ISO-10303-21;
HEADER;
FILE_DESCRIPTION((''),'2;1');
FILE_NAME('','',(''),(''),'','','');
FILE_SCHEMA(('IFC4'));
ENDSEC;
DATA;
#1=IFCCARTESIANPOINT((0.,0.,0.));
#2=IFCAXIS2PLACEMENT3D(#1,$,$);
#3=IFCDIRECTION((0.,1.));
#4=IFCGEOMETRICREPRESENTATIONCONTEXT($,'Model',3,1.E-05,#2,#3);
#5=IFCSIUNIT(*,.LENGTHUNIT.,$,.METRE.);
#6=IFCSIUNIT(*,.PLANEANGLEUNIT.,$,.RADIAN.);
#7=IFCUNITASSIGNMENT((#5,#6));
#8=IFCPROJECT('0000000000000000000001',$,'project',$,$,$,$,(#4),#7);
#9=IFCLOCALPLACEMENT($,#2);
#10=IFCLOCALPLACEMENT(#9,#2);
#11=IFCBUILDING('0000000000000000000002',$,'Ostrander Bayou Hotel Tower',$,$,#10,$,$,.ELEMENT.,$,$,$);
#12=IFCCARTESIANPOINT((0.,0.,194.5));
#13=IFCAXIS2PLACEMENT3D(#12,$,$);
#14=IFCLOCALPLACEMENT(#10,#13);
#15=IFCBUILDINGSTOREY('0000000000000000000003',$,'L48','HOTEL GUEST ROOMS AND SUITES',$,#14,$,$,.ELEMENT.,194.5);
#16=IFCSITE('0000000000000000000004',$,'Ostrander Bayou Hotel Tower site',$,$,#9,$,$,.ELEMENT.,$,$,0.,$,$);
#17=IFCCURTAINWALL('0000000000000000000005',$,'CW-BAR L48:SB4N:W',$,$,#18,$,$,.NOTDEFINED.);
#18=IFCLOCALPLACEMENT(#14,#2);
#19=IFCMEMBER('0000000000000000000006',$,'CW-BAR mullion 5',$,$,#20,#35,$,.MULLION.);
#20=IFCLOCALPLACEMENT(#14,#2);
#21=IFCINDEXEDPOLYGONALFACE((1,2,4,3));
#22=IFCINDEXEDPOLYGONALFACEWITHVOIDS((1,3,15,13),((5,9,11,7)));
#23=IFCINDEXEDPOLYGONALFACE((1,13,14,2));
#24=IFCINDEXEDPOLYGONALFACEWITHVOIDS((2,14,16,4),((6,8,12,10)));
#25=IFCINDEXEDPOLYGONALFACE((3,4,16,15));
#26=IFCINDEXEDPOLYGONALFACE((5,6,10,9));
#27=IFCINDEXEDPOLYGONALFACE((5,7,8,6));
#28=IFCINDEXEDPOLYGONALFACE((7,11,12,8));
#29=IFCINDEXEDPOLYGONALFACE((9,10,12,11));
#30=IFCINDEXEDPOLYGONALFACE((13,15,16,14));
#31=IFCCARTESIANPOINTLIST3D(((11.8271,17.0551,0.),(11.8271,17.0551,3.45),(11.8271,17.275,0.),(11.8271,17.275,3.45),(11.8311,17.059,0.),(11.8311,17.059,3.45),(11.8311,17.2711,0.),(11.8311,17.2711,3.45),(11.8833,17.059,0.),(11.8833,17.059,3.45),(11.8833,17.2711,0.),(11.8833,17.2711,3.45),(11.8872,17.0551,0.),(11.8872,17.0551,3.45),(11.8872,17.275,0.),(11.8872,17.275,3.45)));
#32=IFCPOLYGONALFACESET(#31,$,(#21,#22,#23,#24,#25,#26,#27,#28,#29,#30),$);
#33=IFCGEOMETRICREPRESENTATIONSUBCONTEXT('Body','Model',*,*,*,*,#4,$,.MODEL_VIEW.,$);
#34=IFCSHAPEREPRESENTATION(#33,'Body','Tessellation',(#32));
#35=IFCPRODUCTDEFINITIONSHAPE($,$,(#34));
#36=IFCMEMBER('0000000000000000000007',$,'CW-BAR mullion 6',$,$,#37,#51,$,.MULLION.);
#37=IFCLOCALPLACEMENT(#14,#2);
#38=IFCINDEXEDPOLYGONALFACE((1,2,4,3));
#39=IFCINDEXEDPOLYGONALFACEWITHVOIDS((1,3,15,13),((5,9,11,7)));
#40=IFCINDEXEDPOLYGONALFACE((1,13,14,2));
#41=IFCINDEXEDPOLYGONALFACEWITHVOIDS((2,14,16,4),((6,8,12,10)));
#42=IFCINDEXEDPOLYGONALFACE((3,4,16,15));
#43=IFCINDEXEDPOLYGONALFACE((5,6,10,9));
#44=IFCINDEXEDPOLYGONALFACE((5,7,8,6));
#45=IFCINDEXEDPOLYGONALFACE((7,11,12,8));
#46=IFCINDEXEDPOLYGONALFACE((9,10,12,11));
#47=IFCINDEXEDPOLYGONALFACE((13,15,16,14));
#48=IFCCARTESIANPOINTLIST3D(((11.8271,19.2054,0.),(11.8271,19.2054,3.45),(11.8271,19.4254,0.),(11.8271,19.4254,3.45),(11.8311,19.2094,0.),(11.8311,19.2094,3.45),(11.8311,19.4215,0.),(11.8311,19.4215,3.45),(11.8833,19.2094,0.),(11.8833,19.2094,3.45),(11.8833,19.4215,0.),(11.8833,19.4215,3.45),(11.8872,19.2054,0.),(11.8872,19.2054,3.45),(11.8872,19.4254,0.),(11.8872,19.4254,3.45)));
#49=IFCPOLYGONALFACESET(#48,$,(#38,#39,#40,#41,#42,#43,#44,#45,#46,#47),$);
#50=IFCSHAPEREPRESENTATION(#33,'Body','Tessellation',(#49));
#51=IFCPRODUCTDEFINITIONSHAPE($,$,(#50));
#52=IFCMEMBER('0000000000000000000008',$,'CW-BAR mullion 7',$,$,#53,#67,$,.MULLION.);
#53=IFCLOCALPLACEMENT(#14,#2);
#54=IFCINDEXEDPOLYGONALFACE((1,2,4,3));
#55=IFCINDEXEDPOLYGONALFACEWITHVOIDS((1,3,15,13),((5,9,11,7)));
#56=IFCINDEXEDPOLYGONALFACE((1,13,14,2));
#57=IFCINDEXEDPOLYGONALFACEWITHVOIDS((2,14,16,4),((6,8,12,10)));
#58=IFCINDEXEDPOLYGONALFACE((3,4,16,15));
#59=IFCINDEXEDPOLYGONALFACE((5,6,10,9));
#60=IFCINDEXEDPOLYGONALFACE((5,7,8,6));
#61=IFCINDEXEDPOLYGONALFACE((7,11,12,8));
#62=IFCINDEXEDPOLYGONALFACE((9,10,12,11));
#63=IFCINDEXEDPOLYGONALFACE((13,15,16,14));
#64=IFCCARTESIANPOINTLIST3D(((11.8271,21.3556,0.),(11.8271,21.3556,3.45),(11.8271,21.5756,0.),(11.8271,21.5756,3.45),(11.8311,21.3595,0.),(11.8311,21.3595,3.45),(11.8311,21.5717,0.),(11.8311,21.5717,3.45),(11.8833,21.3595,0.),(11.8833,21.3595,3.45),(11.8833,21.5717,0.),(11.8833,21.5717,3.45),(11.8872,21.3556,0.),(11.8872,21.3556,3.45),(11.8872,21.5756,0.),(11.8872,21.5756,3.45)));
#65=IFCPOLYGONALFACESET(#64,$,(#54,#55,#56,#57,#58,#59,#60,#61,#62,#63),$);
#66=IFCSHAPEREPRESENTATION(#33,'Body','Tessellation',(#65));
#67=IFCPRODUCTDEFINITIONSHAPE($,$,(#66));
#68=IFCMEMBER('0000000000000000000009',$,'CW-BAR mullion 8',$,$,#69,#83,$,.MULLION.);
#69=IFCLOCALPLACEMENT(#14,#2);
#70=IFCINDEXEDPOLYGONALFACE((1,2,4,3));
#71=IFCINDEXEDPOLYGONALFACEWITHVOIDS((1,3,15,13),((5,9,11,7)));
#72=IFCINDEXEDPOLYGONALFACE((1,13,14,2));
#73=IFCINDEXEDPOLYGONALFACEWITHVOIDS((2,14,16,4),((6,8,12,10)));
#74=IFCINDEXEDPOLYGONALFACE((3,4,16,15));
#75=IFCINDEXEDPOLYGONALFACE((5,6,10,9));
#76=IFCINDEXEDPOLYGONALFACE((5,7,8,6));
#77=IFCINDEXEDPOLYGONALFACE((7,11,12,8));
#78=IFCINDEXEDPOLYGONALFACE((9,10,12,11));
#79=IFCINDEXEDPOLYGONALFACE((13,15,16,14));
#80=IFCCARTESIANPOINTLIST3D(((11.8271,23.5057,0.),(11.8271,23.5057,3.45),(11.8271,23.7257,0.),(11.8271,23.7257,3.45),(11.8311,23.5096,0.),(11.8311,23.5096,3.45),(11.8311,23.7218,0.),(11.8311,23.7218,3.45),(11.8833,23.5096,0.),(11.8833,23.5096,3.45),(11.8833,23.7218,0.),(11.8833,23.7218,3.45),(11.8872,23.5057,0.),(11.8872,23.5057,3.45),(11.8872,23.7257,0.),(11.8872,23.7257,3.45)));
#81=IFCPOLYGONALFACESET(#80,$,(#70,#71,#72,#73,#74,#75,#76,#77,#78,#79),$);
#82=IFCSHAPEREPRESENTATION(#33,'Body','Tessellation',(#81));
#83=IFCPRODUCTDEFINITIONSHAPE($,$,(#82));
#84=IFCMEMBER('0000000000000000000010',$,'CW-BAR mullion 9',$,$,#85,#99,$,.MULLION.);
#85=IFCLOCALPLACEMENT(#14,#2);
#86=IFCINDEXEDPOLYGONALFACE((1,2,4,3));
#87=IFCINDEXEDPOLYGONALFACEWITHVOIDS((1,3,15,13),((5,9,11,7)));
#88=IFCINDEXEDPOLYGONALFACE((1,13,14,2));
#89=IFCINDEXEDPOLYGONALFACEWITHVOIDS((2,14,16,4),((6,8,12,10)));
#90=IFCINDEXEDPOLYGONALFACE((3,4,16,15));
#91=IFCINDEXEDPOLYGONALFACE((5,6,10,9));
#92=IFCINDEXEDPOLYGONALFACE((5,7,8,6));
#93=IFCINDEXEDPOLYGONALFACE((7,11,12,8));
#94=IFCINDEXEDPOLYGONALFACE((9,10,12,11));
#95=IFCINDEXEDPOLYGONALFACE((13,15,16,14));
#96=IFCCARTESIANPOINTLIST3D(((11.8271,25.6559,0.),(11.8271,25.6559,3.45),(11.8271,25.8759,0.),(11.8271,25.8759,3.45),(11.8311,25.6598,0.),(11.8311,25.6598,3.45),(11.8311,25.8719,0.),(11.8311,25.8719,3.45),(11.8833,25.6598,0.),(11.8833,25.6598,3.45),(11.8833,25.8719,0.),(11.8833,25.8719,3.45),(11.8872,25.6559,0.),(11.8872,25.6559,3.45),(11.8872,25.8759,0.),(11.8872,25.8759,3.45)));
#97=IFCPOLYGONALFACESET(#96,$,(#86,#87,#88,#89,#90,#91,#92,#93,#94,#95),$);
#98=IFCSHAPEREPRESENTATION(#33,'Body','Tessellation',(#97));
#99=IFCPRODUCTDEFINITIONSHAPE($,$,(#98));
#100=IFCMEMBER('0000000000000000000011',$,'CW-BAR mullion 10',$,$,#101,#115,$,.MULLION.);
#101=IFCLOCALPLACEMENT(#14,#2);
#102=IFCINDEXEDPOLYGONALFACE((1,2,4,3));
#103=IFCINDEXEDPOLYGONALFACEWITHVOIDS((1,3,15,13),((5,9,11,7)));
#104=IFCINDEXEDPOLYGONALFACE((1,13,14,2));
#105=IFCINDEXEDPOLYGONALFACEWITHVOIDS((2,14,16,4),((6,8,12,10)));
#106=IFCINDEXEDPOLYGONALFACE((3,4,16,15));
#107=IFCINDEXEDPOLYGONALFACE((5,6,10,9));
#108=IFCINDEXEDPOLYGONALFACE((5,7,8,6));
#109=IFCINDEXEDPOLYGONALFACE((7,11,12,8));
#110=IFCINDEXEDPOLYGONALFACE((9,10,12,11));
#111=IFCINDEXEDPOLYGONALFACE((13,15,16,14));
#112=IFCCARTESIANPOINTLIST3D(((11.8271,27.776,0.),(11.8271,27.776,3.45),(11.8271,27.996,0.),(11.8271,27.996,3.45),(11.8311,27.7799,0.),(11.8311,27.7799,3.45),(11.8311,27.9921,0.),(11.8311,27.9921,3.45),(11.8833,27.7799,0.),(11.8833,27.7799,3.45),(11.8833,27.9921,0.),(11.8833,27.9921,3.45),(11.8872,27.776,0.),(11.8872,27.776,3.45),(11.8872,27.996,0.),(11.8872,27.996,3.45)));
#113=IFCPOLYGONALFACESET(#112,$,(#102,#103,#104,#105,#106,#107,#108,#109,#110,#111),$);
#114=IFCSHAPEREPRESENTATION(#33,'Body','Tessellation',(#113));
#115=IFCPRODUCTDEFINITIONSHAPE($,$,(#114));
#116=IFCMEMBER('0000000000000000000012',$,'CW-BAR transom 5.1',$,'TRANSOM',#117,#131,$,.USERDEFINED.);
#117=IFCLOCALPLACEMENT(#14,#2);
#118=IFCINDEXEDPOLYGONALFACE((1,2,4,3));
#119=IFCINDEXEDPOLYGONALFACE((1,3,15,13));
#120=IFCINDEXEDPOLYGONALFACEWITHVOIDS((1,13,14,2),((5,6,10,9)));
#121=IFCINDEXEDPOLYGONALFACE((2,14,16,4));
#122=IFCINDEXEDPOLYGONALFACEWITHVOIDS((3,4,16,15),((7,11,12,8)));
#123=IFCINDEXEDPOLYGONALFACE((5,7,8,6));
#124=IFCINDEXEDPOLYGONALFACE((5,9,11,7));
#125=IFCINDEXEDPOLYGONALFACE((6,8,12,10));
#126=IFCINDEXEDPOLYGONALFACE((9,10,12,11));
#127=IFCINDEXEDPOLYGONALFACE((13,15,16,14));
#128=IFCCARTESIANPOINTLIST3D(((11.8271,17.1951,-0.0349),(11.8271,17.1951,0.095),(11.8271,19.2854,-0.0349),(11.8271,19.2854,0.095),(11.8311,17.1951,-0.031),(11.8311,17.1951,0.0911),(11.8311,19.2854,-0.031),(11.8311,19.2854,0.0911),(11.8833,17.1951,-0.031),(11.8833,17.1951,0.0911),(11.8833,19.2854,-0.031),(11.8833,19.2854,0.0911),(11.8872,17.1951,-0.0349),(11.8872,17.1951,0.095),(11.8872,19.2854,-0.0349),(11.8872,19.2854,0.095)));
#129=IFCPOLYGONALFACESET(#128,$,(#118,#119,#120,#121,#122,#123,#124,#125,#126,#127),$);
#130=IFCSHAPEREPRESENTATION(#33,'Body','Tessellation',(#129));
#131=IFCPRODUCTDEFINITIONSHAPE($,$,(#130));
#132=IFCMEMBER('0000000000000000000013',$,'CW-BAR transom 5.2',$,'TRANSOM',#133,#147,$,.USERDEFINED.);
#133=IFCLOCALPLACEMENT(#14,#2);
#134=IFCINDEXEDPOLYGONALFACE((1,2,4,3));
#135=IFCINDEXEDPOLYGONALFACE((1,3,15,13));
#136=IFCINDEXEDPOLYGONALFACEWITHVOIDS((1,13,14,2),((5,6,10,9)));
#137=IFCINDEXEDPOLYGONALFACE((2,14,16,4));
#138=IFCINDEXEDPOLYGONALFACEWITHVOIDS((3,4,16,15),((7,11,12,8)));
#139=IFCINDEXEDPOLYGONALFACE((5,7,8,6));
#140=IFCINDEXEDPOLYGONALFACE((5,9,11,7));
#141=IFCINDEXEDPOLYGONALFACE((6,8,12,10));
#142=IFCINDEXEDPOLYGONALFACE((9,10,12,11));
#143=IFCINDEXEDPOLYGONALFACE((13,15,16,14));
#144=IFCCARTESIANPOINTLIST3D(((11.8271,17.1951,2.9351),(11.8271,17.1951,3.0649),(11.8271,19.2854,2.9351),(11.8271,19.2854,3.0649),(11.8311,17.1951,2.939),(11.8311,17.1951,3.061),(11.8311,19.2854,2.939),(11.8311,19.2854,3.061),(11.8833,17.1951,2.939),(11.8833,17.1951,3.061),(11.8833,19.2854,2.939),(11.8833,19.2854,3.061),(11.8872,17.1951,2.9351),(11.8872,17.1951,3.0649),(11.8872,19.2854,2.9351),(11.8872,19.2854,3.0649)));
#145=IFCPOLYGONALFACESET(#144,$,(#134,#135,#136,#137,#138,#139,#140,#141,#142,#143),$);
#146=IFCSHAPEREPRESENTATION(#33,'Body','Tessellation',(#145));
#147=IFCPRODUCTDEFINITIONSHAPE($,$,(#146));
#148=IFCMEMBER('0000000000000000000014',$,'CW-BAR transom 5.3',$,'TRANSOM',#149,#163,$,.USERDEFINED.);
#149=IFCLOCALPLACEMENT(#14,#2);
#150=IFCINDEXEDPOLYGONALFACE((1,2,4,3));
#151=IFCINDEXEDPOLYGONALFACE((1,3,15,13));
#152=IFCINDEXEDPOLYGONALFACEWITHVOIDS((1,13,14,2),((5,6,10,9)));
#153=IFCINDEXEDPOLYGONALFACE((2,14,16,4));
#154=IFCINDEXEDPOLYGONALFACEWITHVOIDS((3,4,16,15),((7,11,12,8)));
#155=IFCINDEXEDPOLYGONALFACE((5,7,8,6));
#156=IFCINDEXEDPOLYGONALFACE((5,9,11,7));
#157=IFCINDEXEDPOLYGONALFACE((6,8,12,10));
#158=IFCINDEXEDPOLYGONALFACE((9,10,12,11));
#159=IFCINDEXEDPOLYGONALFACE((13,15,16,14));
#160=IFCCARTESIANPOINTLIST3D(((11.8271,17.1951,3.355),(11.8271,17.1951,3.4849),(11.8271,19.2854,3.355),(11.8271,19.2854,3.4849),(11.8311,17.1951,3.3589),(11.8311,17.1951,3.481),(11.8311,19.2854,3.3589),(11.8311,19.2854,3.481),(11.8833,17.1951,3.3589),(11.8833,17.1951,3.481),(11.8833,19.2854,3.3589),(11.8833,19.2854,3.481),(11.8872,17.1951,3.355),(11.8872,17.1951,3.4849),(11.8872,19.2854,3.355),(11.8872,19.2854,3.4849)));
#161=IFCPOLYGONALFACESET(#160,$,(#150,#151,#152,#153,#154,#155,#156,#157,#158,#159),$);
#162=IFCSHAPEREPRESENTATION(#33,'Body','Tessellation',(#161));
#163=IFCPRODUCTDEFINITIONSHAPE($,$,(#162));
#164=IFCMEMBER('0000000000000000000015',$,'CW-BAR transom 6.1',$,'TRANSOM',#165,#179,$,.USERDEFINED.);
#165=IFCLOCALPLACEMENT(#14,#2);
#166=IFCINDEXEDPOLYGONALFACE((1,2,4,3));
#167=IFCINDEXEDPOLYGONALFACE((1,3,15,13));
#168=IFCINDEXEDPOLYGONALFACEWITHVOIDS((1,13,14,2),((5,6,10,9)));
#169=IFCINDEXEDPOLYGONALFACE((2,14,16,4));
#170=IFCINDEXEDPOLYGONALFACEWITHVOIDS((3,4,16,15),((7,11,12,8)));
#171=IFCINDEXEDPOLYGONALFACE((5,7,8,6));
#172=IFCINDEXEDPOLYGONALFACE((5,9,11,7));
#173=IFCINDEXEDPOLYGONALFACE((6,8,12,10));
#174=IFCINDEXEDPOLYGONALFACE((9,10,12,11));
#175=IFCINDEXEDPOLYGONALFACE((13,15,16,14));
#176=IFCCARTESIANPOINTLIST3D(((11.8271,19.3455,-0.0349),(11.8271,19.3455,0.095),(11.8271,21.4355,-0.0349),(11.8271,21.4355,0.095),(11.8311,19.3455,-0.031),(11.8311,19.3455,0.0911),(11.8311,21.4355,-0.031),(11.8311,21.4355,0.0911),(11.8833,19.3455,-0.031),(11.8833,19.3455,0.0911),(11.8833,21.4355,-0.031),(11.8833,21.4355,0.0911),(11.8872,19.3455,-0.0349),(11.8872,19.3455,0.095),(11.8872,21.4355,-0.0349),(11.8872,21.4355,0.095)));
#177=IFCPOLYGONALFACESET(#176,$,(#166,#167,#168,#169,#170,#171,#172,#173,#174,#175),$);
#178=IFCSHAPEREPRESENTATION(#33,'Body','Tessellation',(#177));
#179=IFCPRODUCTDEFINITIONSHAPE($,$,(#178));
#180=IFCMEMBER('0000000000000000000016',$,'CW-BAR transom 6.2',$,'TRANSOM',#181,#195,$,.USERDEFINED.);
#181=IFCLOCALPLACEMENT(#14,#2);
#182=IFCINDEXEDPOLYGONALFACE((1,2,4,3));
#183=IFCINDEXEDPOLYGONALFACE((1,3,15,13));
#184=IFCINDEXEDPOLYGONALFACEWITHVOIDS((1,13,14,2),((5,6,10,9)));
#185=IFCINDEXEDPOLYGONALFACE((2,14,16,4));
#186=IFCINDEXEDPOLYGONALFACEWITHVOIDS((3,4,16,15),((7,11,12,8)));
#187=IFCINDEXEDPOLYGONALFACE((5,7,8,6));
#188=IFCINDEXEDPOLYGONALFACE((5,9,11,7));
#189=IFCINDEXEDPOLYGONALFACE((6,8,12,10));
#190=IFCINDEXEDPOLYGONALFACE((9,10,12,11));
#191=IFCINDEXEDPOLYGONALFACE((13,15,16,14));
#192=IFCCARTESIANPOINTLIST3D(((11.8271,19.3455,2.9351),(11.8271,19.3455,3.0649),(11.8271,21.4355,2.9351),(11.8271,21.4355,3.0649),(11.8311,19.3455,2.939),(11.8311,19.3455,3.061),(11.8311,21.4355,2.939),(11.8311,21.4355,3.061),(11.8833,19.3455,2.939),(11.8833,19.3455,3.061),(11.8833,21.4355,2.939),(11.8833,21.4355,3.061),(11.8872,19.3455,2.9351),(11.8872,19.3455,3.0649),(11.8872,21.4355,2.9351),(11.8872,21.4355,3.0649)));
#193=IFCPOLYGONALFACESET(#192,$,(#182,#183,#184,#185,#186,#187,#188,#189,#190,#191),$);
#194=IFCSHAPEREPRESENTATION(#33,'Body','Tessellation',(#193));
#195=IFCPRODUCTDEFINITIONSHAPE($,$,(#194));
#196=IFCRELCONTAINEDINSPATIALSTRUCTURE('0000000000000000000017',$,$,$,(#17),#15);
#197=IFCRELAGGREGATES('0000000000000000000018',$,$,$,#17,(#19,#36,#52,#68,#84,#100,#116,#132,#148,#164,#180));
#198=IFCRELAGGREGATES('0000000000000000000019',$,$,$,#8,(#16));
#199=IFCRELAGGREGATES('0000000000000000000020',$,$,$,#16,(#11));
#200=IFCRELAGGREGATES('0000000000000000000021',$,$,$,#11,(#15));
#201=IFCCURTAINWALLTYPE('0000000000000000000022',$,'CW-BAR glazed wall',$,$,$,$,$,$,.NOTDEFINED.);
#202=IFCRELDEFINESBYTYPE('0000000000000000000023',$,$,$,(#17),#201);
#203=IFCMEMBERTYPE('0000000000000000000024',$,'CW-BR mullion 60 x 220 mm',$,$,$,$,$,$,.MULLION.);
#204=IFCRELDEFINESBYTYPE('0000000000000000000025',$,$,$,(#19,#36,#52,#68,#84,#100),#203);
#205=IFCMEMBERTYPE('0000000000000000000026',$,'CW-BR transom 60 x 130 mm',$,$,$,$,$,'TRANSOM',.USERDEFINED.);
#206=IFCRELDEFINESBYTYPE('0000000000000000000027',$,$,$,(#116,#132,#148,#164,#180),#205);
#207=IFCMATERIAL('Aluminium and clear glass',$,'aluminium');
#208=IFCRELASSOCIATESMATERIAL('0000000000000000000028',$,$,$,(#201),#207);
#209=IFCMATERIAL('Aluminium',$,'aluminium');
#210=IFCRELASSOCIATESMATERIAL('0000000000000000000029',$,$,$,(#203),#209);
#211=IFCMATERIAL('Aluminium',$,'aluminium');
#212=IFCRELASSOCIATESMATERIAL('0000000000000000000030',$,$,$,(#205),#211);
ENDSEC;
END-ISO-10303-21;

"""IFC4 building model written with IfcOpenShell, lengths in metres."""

from ifc_helpers import new_model, si_unit, direction, frame, origin, origin_2d, place, context, subcontext, project, spatial, hollow_rectangle, extrude, material, material_profile, profile_set, type_object, element, aggregate, save


model = new_model("IFC4")

# Units and contexts
model_context = context("Model", 3, precision=1e-05, world=origin(), true_north=direction((0.0, 1.0)))
body_context = subcontext(model_context, "Body", "Model", "MODEL_VIEW")
ifc_project = project(units=[si_unit("LENGTHUNIT", "METRE"), si_unit("PLANEANGLEUNIT", "RADIAN")], contexts=[model_context])

# Site, building, storey
site_placement = place(None, origin())
site = spatial("IfcSite", under=ifc_project, at=site_placement, Name="Ostrander Bayou Hotel Tower site", CompositionType="ELEMENT", RefElevation=0.0)
building_placement = place(site_placement, origin())
building = spatial("IfcBuilding", under=site, at=building_placement, Name="Ostrander Bayou Hotel Tower", CompositionType="ELEMENT")
storey_placement = place(building_placement, frame((0.0, 0.0, 194.5)))
storey = spatial("IfcBuildingStorey", under=building, at=storey_placement, Name="L48", Description="HOTEL GUEST ROOMS AND SUITES", CompositionType="ELEMENT", Elevation=194.5)

# Curtain wall, members
ifc_material_1 = material(Name="Aluminium and clear glass", Category="aluminium")
curtain_wall_type = type_object("IfcCurtainWallType", Name="CW-BAR glazed wall", PredefinedType="NOTDEFINED", material=ifc_material_1)
curtain_wall_placement = place(storey_placement, origin())
curtain_wall = element("IfcCurtainWall", 1, at=curtain_wall_placement, inside=storey, type_object=curtain_wall_type, Name="CW-BAR L48:SB4N:W", PredefinedType="NOTDEFINED")
ifc_material_2 = material(Name="Aluminium", Category="aluminium")
ifc_material_profile_1 = material_profile(ifc_material_2, hollow_rectangle(XDim=0.0601, YDim=0.22, WallThickness=0.0039, at=origin_2d()))
ifc_profile_set_1 = profile_set([ifc_material_profile_1], Name="Aluminium")
member_type_1 = type_object("IfcMemberType", Name="CW-BR mullion 60 x 220 mm", PredefinedType="MULLION", material=ifc_profile_set_1)
member_1_placement = place(storey_placement, frame((11.8572, 17.165, 0.0), z_axis=(0.0, 0.0, 1.0), x_axis=(-1.0, 0.0, 0.0)))
member_1 = element("IfcMember", 2, at=member_1_placement, type_object=member_type_1, Name="CW-BAR mullion 5", PredefinedType="MULLION", context=body_context, shape_type="SweptSolid", body=[
    extrude(hollow_rectangle(XDim=0.0601, YDim=0.22, WallThickness=0.0039, at=origin_2d()), origin(), (0.0, 0.0, 1.0), 3.45),
])
member_2_placement = place(storey_placement, frame((11.8572, 19.3154, 0.0), z_axis=(0.0, 0.0, 1.0), x_axis=(-1.0, 0.0, 0.0)))
member_2 = element("IfcMember", 3, at=member_2_placement, type_object=member_type_1, Name="CW-BAR mullion 6", PredefinedType="MULLION", context=body_context, shape_type="SweptSolid", body=[
    extrude(hollow_rectangle(XDim=0.0601, YDim=0.22, WallThickness=0.0039, at=origin_2d()), origin(), (0.0, 0.0, 1.0), 3.45),
])
member_3_placement = place(storey_placement, frame((11.8572, 21.4656, 0.0), z_axis=(0.0, 0.0, 1.0), x_axis=(-1.0, 0.0, 0.0)))
member_3 = element("IfcMember", 4, at=member_3_placement, type_object=member_type_1, Name="CW-BAR mullion 7", PredefinedType="MULLION", context=body_context, shape_type="SweptSolid", body=[
    extrude(hollow_rectangle(XDim=0.0601, YDim=0.22, WallThickness=0.0039, at=origin_2d()), origin(), (0.0, 0.0, 1.0), 3.45),
])
member_4_placement = place(storey_placement, frame((11.8572, 23.6157, 0.0), z_axis=(0.0, 0.0, 1.0), x_axis=(-1.0, 0.0, 0.0)))
member_4 = element("IfcMember", 5, at=member_4_placement, type_object=member_type_1, Name="CW-BAR mullion 8", PredefinedType="MULLION", context=body_context, shape_type="SweptSolid", body=[
    extrude(hollow_rectangle(XDim=0.0601, YDim=0.22, WallThickness=0.0039, at=origin_2d()), origin(), (0.0, 0.0, 1.0), 3.45),
])
member_5_placement = place(storey_placement, frame((11.8572, 25.7659, 0.0), z_axis=(0.0, 0.0, 1.0), x_axis=(-1.0, 0.0, 0.0)))
member_5 = element("IfcMember", 6, at=member_5_placement, type_object=member_type_1, Name="CW-BAR mullion 9", PredefinedType="MULLION", context=body_context, shape_type="SweptSolid", body=[
    extrude(hollow_rectangle(XDim=0.0601, YDim=0.22, WallThickness=0.0039, at=origin_2d()), origin(), (0.0, 0.0, 1.0), 3.45),
])
member_6_placement = place(storey_placement, frame((11.8572, 27.886, 0.0), z_axis=(0.0, 0.0, 1.0), x_axis=(-1.0, 0.0, 0.0)))
member_6 = element("IfcMember", 7, at=member_6_placement, type_object=member_type_1, Name="CW-BAR mullion 10", PredefinedType="MULLION", context=body_context, shape_type="SweptSolid", body=[
    extrude(hollow_rectangle(XDim=0.0601, YDim=0.22, WallThickness=0.0039, at=origin_2d()), origin(), (0.0, 0.0, 1.0), 3.45),
])
ifc_material_3 = material(Name="Aluminium", Category="aluminium")
ifc_material_profile_2 = material_profile(ifc_material_3, hollow_rectangle(XDim=0.0601, YDim=0.1299, WallThickness=0.0039, at=origin_2d()))
ifc_profile_set_2 = profile_set([ifc_material_profile_2], Name="Aluminium")
member_type_2 = type_object("IfcMemberType", Name="CW-BR transom 60 x 130 mm", ElementType="TRANSOM", PredefinedType="USERDEFINED", material=ifc_profile_set_2)
member_7_placement = place(storey_placement, frame((11.8572, 17.1951, 0.03), z_axis=(0.0, 1.0, 0.0), x_axis=(-1.0, 0.0, 0.0)))
member_7 = element("IfcMember", 8, at=member_7_placement, type_object=member_type_2, Name="CW-BAR transom 5.1", ObjectType="TRANSOM", PredefinedType="USERDEFINED", context=body_context, shape_type="SweptSolid", body=[
    extrude(hollow_rectangle(XDim=0.0601, YDim=0.1299, WallThickness=0.0039, at=origin_2d()), origin(), (0.0, 0.0, 1.0), 2.0903),
])
member_8_placement = place(storey_placement, frame((11.8572, 17.1951, 3.0), z_axis=(0.0, 1.0, 0.0), x_axis=(-1.0, 0.0, 0.0)))
member_8 = element("IfcMember", 9, at=member_8_placement, type_object=member_type_2, Name="CW-BAR transom 5.2", ObjectType="TRANSOM", PredefinedType="USERDEFINED", context=body_context, shape_type="SweptSolid", body=[
    extrude(hollow_rectangle(XDim=0.0601, YDim=0.1299, WallThickness=0.0039, at=origin_2d()), origin(), (0.0, 0.0, 1.0), 2.0903),
])
member_9_placement = place(storey_placement, frame((11.8572, 17.1951, 3.4199), z_axis=(0.0, 1.0, 0.0), x_axis=(-1.0, 0.0, 0.0)))
member_9 = element("IfcMember", 10, at=member_9_placement, type_object=member_type_2, Name="CW-BAR transom 5.3", ObjectType="TRANSOM", PredefinedType="USERDEFINED", context=body_context, shape_type="SweptSolid", body=[
    extrude(hollow_rectangle(XDim=0.0601, YDim=0.1299, WallThickness=0.0039, at=origin_2d()), origin(), (0.0, 0.0, 1.0), 2.0903),
])
member_10_placement = place(storey_placement, frame((11.8572, 19.3455, 0.03), z_axis=(0.0, 1.0, 0.0), x_axis=(-1.0, 0.0, 0.0)))
member_10 = element("IfcMember", 11, at=member_10_placement, type_object=member_type_2, Name="CW-BAR transom 6.1", ObjectType="TRANSOM", PredefinedType="USERDEFINED", context=body_context, shape_type="SweptSolid", body=[
    extrude(hollow_rectangle(XDim=0.0601, YDim=0.1299, WallThickness=0.0039, at=origin_2d()), origin(), (0.0, 0.0, 1.0), 2.0901),
])
member_11_placement = place(storey_placement, frame((11.8572, 19.3455, 3.0), z_axis=(0.0, 1.0, 0.0), x_axis=(-1.0, 0.0, 0.0)))
member_11 = element("IfcMember", 12, at=member_11_placement, type_object=member_type_2, Name="CW-BAR transom 6.2", ObjectType="TRANSOM", PredefinedType="USERDEFINED", context=body_context, shape_type="SweptSolid", body=[
    extrude(hollow_rectangle(XDim=0.0601, YDim=0.1299, WallThickness=0.0039, at=origin_2d()), origin(), (0.0, 0.0, 1.0), 2.0901),
])

aggregate(curtain_wall, [member_1, member_2, member_3, member_4, member_5, member_6, member_7, member_8, member_9, member_10, member_11])

save(model, "model.ifc")
